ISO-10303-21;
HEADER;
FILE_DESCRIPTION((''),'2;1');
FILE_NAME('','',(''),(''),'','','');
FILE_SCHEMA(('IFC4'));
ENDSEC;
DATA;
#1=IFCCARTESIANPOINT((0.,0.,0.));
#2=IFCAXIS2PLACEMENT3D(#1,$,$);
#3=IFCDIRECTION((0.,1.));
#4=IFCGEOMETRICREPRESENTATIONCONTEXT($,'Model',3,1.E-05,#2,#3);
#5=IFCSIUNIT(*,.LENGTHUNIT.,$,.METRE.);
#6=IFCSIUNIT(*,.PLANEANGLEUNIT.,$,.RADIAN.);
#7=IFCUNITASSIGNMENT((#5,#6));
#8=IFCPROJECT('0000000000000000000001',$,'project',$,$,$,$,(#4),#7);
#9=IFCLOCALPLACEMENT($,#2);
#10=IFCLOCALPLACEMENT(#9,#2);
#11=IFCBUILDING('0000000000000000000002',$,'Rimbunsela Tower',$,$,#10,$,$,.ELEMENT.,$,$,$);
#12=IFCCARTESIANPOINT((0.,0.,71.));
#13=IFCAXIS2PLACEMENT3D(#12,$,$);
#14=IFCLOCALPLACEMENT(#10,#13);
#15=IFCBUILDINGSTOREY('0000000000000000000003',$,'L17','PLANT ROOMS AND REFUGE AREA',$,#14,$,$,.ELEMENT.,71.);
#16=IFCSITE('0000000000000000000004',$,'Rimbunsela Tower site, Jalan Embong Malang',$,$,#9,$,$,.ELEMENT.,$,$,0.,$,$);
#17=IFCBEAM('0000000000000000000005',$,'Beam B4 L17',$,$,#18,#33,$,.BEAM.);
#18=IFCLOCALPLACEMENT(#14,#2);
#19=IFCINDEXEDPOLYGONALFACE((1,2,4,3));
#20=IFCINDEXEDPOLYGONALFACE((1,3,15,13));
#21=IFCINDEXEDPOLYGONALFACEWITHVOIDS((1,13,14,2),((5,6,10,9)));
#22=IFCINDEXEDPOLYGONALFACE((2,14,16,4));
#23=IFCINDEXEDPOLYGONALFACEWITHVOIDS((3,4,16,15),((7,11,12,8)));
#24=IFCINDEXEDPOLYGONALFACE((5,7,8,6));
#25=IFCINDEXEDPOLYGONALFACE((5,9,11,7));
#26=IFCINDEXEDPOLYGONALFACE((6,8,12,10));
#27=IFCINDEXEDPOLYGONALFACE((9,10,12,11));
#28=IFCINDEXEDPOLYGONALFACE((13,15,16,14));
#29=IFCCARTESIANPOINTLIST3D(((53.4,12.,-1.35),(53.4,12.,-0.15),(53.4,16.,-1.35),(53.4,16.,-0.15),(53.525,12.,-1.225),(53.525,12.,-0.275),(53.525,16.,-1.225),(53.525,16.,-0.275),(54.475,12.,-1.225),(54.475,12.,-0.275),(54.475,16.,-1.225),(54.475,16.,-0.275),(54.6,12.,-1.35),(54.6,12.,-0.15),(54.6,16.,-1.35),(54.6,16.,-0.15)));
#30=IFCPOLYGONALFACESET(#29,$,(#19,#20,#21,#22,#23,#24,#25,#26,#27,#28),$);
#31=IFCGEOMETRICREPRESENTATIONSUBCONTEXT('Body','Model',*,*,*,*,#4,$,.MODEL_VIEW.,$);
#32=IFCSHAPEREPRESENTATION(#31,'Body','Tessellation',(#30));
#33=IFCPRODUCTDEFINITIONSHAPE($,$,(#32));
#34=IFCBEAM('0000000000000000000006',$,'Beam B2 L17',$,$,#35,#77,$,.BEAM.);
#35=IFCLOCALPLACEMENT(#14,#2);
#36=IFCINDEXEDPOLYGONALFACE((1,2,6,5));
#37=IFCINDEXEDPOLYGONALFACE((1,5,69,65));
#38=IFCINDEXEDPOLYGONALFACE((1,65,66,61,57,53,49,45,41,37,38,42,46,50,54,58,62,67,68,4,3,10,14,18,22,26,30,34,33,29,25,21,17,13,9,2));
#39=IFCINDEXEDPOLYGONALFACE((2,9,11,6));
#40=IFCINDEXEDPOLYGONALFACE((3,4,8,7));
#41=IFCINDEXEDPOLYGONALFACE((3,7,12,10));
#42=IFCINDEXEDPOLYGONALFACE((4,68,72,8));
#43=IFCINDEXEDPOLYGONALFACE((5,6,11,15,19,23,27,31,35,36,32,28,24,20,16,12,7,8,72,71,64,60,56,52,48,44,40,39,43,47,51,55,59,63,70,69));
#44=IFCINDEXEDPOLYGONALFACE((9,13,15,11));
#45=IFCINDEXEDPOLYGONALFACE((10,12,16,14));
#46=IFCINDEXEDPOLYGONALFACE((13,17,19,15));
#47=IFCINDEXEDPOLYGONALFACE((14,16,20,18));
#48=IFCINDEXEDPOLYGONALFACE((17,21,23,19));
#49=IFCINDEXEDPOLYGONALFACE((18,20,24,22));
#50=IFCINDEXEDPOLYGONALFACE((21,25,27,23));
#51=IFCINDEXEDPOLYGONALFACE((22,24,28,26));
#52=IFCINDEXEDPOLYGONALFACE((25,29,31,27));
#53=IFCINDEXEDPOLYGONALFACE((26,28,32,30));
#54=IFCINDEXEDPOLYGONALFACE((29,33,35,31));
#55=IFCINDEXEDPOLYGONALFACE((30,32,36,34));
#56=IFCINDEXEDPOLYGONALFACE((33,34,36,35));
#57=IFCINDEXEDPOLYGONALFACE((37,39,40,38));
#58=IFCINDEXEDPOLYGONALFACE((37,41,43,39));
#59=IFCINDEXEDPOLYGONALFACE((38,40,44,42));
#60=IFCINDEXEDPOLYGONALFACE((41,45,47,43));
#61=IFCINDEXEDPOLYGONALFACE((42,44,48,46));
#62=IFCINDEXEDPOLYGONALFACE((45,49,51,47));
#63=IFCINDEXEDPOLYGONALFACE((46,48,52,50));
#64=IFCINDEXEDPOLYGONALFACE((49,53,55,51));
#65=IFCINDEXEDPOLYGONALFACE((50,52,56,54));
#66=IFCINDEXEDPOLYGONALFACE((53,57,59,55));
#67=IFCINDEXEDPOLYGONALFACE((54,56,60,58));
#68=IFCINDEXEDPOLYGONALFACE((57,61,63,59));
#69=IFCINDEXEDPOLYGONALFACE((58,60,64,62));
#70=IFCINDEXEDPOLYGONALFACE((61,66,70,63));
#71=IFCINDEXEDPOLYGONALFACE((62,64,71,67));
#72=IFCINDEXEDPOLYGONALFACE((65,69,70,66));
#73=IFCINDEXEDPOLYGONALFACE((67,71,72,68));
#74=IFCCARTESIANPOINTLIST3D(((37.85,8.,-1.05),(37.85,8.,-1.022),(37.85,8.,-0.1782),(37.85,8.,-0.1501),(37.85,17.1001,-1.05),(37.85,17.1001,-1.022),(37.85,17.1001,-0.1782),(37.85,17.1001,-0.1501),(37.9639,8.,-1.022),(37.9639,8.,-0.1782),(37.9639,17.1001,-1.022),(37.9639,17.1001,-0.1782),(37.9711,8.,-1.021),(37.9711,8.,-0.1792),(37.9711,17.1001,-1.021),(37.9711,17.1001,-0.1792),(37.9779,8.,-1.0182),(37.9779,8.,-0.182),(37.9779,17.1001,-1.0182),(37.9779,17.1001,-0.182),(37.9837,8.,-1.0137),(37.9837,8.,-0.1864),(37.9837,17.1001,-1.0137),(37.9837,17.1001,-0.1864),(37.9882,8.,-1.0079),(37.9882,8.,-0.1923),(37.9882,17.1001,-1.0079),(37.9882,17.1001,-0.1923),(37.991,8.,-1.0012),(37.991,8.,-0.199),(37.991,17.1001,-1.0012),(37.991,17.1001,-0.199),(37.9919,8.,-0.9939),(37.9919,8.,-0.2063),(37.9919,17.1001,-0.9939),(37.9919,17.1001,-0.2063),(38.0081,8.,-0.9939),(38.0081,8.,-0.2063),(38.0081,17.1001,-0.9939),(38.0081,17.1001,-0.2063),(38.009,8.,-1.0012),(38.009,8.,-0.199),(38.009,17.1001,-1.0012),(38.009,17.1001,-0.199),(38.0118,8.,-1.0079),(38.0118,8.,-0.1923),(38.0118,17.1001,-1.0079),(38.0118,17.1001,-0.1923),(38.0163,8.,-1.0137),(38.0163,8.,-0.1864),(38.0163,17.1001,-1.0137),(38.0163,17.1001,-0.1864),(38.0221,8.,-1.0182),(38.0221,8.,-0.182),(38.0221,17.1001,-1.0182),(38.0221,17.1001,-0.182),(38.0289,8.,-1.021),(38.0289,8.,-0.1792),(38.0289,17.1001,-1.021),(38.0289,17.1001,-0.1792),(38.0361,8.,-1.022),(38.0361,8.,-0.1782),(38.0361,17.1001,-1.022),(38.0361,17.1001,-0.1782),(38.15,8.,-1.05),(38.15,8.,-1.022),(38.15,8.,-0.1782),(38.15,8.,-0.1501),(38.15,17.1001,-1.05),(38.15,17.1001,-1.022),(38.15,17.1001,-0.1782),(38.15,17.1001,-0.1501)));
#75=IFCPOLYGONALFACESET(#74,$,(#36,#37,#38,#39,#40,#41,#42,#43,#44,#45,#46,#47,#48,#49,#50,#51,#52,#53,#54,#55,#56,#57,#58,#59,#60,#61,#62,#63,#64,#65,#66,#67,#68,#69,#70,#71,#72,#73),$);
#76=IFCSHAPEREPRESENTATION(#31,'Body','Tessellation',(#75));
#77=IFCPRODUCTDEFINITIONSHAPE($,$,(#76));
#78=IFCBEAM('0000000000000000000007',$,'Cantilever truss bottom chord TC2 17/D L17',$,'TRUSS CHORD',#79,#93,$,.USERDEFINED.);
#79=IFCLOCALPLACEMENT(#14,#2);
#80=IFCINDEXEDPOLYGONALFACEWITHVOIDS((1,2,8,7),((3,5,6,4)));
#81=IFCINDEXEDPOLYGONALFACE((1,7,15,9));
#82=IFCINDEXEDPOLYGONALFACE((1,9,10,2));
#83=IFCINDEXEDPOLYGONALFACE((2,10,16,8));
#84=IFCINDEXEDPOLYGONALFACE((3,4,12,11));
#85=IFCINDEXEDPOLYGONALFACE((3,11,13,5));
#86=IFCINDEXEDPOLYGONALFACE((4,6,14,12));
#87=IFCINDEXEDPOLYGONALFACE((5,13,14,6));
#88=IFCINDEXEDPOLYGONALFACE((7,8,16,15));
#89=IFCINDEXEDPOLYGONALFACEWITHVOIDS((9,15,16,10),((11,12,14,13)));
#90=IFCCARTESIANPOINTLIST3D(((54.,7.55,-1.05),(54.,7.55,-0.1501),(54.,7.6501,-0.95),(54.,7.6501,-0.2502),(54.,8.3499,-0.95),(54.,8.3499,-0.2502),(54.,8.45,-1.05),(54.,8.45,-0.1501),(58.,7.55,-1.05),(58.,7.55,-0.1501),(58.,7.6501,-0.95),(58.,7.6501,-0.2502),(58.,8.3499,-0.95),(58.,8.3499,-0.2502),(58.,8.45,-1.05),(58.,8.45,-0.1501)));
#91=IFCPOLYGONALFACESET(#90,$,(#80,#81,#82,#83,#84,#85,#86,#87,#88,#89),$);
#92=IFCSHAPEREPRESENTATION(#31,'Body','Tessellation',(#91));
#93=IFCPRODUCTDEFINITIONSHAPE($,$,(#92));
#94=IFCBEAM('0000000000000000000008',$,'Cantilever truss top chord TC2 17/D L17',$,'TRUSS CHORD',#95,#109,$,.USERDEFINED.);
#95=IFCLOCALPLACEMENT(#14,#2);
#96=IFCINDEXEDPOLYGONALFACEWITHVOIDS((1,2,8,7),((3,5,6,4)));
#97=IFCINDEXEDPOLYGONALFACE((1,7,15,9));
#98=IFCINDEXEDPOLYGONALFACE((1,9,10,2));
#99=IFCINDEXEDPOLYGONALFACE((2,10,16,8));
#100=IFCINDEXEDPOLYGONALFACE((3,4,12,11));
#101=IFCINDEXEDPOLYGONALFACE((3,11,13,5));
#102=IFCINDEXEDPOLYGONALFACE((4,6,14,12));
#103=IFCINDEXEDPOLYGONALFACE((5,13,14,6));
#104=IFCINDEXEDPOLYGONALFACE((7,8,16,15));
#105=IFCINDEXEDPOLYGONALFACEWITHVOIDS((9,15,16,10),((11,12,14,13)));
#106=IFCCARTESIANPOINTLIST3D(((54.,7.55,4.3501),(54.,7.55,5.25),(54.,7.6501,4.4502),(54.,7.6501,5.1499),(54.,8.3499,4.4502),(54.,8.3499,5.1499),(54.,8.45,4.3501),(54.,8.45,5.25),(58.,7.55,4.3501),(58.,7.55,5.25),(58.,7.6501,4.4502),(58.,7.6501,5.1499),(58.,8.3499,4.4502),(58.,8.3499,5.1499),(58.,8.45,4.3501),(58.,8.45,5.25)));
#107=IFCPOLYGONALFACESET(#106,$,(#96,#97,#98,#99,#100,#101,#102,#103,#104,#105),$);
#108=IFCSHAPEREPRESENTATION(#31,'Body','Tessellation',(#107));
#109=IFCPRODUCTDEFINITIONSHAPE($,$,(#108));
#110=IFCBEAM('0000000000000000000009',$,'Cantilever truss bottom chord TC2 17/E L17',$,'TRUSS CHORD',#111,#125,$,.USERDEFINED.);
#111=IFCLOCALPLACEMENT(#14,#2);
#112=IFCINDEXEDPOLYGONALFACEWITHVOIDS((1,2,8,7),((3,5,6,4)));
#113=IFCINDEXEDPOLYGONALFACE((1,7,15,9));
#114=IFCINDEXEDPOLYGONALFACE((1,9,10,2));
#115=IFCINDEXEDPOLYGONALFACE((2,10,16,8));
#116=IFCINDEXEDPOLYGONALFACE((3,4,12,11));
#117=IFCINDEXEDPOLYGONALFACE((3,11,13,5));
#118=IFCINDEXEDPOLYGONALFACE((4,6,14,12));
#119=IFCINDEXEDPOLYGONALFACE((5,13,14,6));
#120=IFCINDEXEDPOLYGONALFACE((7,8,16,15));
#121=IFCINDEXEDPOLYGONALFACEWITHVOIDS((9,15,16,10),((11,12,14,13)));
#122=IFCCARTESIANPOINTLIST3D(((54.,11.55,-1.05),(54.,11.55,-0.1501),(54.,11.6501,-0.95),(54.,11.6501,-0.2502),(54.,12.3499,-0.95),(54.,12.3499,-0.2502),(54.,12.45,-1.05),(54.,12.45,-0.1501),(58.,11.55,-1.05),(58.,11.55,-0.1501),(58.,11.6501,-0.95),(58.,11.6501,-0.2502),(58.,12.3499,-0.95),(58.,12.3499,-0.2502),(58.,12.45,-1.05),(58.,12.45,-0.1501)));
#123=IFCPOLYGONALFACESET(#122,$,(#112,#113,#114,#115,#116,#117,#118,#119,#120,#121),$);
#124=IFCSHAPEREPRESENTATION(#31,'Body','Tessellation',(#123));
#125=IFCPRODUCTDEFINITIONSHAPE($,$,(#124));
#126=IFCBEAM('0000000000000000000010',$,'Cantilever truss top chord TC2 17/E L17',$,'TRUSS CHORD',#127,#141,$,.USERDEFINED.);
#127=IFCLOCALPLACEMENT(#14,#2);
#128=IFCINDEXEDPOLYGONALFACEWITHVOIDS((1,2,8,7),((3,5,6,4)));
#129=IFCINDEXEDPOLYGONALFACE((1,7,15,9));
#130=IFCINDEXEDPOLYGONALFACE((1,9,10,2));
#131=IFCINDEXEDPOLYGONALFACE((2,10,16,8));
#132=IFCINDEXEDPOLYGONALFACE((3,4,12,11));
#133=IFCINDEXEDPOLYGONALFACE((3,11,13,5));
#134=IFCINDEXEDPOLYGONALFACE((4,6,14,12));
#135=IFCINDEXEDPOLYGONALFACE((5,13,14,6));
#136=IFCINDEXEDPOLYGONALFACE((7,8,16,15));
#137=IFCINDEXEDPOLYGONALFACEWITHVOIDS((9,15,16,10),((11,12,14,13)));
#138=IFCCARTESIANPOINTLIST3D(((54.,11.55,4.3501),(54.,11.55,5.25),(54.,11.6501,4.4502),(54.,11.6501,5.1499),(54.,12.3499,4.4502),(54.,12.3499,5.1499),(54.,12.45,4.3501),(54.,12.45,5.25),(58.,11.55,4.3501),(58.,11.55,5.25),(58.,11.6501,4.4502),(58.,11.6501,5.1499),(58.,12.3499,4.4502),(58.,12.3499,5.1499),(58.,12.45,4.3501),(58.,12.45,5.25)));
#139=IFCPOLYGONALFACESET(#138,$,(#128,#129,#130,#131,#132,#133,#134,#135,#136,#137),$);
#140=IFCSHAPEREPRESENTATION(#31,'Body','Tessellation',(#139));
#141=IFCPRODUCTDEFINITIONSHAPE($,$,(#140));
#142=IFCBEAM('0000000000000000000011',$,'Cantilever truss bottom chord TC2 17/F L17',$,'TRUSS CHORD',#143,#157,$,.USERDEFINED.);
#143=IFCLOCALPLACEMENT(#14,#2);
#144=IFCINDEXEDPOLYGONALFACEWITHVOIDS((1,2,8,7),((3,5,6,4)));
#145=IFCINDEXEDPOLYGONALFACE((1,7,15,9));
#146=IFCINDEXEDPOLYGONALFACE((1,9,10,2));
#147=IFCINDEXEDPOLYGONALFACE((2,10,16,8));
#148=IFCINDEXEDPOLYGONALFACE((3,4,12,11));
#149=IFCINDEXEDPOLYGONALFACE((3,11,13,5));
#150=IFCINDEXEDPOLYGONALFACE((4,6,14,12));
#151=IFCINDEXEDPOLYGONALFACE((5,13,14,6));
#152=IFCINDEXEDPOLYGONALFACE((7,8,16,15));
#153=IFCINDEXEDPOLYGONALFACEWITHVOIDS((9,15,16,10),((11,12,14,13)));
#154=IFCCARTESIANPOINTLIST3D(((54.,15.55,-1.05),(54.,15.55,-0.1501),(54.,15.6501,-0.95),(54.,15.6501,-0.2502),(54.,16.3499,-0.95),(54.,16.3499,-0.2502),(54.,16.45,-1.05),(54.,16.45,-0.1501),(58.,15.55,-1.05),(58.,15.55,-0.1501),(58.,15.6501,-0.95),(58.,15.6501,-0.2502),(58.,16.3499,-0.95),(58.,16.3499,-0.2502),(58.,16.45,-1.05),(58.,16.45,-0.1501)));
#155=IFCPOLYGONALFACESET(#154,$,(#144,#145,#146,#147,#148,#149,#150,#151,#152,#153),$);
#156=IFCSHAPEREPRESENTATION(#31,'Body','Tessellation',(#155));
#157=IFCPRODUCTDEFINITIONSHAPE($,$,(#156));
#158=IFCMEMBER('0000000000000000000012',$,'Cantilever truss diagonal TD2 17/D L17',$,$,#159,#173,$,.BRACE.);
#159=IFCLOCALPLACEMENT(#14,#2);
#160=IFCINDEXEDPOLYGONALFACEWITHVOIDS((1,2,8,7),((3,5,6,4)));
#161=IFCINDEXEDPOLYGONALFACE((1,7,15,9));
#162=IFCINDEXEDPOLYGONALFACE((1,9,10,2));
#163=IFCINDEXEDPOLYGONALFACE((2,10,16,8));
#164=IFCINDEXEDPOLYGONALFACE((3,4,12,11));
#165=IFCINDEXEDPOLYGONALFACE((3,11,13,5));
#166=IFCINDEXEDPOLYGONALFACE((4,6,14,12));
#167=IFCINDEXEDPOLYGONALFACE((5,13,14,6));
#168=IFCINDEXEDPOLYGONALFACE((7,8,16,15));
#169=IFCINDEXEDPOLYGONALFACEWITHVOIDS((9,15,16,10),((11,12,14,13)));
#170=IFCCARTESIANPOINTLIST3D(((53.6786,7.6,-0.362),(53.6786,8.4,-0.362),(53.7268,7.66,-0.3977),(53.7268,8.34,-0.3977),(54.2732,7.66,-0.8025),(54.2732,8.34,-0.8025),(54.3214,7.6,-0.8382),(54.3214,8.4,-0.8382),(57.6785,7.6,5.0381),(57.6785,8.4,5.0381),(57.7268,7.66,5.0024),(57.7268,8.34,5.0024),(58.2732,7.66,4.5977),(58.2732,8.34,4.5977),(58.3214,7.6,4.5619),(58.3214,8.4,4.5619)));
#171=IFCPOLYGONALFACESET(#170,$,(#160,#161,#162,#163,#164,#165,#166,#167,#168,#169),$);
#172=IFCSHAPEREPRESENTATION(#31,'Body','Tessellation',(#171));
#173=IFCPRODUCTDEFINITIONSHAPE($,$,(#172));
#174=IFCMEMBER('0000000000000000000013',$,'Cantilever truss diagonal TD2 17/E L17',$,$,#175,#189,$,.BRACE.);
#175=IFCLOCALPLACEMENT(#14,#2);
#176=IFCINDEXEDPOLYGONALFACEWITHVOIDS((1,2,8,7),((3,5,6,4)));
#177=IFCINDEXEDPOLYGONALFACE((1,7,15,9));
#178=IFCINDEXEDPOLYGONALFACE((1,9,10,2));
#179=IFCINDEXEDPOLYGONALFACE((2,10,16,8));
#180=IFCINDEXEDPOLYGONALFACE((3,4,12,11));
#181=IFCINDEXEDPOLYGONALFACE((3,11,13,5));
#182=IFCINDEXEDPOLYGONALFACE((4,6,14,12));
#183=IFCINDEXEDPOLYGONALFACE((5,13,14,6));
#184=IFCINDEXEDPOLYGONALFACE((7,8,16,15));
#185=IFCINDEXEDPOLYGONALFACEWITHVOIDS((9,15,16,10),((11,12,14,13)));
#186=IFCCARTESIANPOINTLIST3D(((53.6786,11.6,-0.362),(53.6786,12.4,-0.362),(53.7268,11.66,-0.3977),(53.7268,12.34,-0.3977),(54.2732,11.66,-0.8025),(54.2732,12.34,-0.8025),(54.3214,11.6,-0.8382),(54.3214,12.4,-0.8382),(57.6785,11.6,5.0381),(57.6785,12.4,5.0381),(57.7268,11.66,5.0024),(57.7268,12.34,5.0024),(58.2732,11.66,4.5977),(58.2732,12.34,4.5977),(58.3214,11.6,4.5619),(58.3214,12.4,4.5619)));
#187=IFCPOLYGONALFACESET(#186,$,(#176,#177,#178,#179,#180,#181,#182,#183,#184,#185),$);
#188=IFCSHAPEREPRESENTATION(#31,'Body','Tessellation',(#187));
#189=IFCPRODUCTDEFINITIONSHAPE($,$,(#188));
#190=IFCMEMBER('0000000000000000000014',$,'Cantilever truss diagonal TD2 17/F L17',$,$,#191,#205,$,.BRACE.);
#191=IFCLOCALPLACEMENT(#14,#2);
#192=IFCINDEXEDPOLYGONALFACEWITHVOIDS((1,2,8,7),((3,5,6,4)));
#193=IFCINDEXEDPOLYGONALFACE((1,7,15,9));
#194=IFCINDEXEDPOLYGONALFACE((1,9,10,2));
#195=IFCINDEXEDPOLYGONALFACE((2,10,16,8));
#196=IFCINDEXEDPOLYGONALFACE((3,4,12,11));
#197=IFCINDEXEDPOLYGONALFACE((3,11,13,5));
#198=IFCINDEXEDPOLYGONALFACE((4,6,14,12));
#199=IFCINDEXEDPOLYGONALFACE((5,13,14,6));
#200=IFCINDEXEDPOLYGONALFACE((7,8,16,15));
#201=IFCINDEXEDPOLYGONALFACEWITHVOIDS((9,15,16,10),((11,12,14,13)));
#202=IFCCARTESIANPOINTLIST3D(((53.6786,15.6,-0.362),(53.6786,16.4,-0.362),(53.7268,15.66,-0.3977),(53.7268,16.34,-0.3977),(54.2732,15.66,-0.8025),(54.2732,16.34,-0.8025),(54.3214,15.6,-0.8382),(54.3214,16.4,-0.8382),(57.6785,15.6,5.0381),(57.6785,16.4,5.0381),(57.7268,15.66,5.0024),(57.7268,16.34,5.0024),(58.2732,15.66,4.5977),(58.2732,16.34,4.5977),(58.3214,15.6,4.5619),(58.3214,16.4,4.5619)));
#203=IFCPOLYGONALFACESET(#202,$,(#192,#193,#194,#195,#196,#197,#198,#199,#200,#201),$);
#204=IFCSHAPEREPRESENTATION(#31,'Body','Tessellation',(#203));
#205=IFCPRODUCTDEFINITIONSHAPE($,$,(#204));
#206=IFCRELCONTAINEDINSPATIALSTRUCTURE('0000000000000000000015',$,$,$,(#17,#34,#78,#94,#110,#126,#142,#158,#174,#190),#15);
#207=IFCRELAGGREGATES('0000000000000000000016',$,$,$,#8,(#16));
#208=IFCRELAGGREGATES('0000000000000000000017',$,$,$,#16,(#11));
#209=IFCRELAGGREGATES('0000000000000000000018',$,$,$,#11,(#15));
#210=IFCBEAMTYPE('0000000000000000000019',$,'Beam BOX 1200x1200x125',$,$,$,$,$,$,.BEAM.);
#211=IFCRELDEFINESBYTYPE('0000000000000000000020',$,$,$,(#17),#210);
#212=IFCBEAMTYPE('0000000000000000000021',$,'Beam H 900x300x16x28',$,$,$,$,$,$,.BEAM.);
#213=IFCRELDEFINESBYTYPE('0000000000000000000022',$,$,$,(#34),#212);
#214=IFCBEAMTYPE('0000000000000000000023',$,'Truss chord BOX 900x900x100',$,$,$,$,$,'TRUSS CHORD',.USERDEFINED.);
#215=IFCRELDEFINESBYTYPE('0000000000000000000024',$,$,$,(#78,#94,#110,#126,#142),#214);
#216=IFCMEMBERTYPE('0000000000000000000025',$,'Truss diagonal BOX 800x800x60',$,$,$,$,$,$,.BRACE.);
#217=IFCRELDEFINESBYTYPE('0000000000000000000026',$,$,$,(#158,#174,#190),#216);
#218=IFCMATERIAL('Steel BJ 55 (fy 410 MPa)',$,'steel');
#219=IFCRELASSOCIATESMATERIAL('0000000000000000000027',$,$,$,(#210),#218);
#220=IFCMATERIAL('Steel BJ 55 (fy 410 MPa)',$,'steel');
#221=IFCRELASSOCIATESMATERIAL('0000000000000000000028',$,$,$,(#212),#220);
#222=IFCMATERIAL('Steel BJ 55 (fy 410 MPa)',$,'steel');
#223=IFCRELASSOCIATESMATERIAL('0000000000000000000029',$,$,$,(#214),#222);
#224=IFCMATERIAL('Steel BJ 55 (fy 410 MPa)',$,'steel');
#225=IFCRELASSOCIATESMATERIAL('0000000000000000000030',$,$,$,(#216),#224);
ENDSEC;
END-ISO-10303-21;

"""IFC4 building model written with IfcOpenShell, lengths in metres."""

from ifc_helpers import new_model, si_unit, direction, frame, origin, origin_2d, place, context, subcontext, project, spatial, hollow_rectangle, i_section, extrude, material, material_profile, profile_set, type_object, element, save


model = new_model("IFC4")

# Units and contexts
model_context = context("Model", 3, precision=1e-05, world=origin(), true_north=direction((0.0, 1.0)))
body_context = subcontext(model_context, "Body", "Model", "MODEL_VIEW")
ifc_project = project(units=[si_unit("LENGTHUNIT", "METRE"), si_unit("PLANEANGLEUNIT", "RADIAN")], contexts=[model_context])

# Site, building, storey
site_placement = place(None, origin())
site = spatial("IfcSite", under=ifc_project, at=site_placement, Name="Rimbunsela Tower site, Jalan Embong Malang", CompositionType="ELEMENT", RefElevation=0.0)
building_placement = place(site_placement, origin())
building = spatial("IfcBuilding", under=site, at=building_placement, Name="Rimbunsela Tower", CompositionType="ELEMENT")
storey_placement = place(building_placement, frame((0.0, 0.0, 71.0)))
storey = spatial("IfcBuildingStorey", under=building, at=storey_placement, Name="L17", Description="PLANT ROOMS AND REFUGE AREA", CompositionType="ELEMENT", Elevation=71.0)

# Beams
ifc_material_1 = material(Name="Steel BJ 55 (fy 410 MPa)", Category="steel")
ifc_material_profile_1 = material_profile(ifc_material_1, hollow_rectangle(XDim=1.2, YDim=1.2, WallThickness=0.125, at=origin_2d()), Name="BOX 1200x1200x125")
ifc_profile_set_1 = profile_set([ifc_material_profile_1], Name="Steel BJ 55 (fy 410 MPa)")
beam_type_1 = type_object("IfcBeamType", Name="Beam BOX 1200x1200x125", PredefinedType="BEAM", material=ifc_profile_set_1)
for number, where, z_axis, x_axis, name in (
    (1, (54.0, 12.0, -0.75), (0.0, 1.0, 0.0), (-1.0, 0.0, 0.0), "Beam B4 L17"),
):
    element("IfcBeam", number, at=place(storey_placement, frame(where, z_axis=z_axis, x_axis=x_axis)), inside=storey, type_object=beam_type_1, Name=name, PredefinedType="BEAM", context=body_context, shape_type="SweptSolid", body=[
        extrude(hollow_rectangle(XDim=1.2, YDim=1.2, WallThickness=0.125, at=origin_2d()), origin(), (0.0, 0.0, 1.0), 4.0),
    ])
ifc_material_2 = material(Name="Steel BJ 55 (fy 410 MPa)", Category="steel")
ifc_material_profile_2 = material_profile(ifc_material_2, i_section(OverallWidth=0.3, OverallDepth=0.8999, WebThickness=0.0161, FlangeThickness=0.0281, FilletRadius=0.0281, at=origin_2d()), Name="H 900x300x16x28")
ifc_profile_set_2 = profile_set([ifc_material_profile_2], Name="Steel BJ 55 (fy 410 MPa)")
beam_type_2 = type_object("IfcBeamType", Name="Beam H 900x300x16x28", PredefinedType="BEAM", material=ifc_profile_set_2)
beam_1_placement = place(storey_placement, frame((38.0, 8.0, -0.6001), z_axis=(0.0, 1.0, 0.0), x_axis=(-1.0, 0.0, 0.0)))
element("IfcBeam", 2, at=beam_1_placement, inside=storey, type_object=beam_type_2, Name="Beam B2 L17", PredefinedType="BEAM", context=body_context, shape_type="SweptSolid", body=[
    extrude(i_section(OverallWidth=0.3, OverallDepth=0.8999, WebThickness=0.0161, FlangeThickness=0.0281, FilletRadius=0.0281, at=origin_2d()), origin(), (0.0, 0.0, 1.0), 9.1001),
])
ifc_material_3 = material(Name="Steel BJ 55 (fy 410 MPa)", Category="steel")
ifc_material_profile_3 = material_profile(ifc_material_3, hollow_rectangle(XDim=0.8999, YDim=0.8999, WallThickness=0.1001, at=origin_2d()), Name="BOX 900x900x100")
ifc_profile_set_3 = profile_set([ifc_material_profile_3], Name="Steel BJ 55 (fy 410 MPa)")
beam_type_3 = type_object("IfcBeamType", Name="Truss chord BOX 900x900x100", ElementType="TRUSS CHORD", PredefinedType="USERDEFINED", material=ifc_profile_set_3)
for number, where, z_axis, x_axis, name in (
    (3, (54.0, 8.0, -0.6001), (1.0, 0.0, 0.0), (0.0, 1.0, 0.0), "Cantilever truss bottom chord TC2 17/D L17"),
    (4, (54.0, 8.0, 4.8), (1.0, 0.0, 0.0), (0.0, 1.0, 0.0), "Cantilever truss top chord TC2 17/D L17"),
    (5, (54.0, 12.0, -0.6001), (1.0, 0.0, 0.0), (0.0, 1.0, 0.0), "Cantilever truss bottom chord TC2 17/E L17"),
    (6, (54.0, 12.0, 4.8), (1.0, 0.0, 0.0), (0.0, 1.0, 0.0), "Cantilever truss top chord TC2 17/E L17"),
    (7, (54.0, 16.0, -0.6001), (1.0, 0.0, 0.0), (0.0, 1.0, 0.0), "Cantilever truss bottom chord TC2 17/F L17"),
):
    element("IfcBeam", number, at=place(storey_placement, frame(where, z_axis=z_axis, x_axis=x_axis)), inside=storey, type_object=beam_type_3, Name=name, ObjectType="TRUSS CHORD", PredefinedType="USERDEFINED", context=body_context, shape_type="SweptSolid", body=[
        extrude(hollow_rectangle(XDim=0.8999, YDim=0.8999, WallThickness=0.1001, at=origin_2d()), origin(), (0.0, 0.0, 1.0), 4.0),
    ])

# Members
ifc_material_4 = material(Name="Steel BJ 55 (fy 410 MPa)", Category="steel")
ifc_material_profile_4 = material_profile(ifc_material_4, hollow_rectangle(XDim=0.8, YDim=0.8, WallThickness=0.0601, at=origin_2d()), Name="BOX 800x800x60")
ifc_profile_set_4 = profile_set([ifc_material_profile_4], Name="Steel BJ 55 (fy 410 MPa)")
member_type = type_object("IfcMemberType", Name="Truss diagonal BOX 800x800x60", PredefinedType="BRACE", material=ifc_profile_set_4)
for number, where, z_axis, x_axis, name in (
    (8, (54.0, 8.0, -0.6001), (0.595217, 0.0, 0.803565), (0.0, 1.0, 0.0), "Cantilever truss diagonal TD2 17/D L17"),
    (9, (54.0, 12.0, -0.6001), (0.595217, 0.0, 0.803565), (0.0, 1.0, 0.0), "Cantilever truss diagonal TD2 17/E L17"),
    (10, (54.0, 16.0, -0.6001), (0.595217, 0.0, 0.803565), (0.0, 1.0, 0.0), "Cantilever truss diagonal TD2 17/F L17"),
):
    element("IfcMember", number, at=place(storey_placement, frame(where, z_axis=z_axis, x_axis=x_axis)), inside=storey, type_object=member_type, Name=name, PredefinedType="BRACE", context=body_context, shape_type="SweptSolid", body=[
        extrude(hollow_rectangle(XDim=0.8, YDim=0.8, WallThickness=0.0601, at=origin_2d()), origin(), (0.0, 0.0, 1.0), 6.7202),
    ])

save(model, "model.ifc")
